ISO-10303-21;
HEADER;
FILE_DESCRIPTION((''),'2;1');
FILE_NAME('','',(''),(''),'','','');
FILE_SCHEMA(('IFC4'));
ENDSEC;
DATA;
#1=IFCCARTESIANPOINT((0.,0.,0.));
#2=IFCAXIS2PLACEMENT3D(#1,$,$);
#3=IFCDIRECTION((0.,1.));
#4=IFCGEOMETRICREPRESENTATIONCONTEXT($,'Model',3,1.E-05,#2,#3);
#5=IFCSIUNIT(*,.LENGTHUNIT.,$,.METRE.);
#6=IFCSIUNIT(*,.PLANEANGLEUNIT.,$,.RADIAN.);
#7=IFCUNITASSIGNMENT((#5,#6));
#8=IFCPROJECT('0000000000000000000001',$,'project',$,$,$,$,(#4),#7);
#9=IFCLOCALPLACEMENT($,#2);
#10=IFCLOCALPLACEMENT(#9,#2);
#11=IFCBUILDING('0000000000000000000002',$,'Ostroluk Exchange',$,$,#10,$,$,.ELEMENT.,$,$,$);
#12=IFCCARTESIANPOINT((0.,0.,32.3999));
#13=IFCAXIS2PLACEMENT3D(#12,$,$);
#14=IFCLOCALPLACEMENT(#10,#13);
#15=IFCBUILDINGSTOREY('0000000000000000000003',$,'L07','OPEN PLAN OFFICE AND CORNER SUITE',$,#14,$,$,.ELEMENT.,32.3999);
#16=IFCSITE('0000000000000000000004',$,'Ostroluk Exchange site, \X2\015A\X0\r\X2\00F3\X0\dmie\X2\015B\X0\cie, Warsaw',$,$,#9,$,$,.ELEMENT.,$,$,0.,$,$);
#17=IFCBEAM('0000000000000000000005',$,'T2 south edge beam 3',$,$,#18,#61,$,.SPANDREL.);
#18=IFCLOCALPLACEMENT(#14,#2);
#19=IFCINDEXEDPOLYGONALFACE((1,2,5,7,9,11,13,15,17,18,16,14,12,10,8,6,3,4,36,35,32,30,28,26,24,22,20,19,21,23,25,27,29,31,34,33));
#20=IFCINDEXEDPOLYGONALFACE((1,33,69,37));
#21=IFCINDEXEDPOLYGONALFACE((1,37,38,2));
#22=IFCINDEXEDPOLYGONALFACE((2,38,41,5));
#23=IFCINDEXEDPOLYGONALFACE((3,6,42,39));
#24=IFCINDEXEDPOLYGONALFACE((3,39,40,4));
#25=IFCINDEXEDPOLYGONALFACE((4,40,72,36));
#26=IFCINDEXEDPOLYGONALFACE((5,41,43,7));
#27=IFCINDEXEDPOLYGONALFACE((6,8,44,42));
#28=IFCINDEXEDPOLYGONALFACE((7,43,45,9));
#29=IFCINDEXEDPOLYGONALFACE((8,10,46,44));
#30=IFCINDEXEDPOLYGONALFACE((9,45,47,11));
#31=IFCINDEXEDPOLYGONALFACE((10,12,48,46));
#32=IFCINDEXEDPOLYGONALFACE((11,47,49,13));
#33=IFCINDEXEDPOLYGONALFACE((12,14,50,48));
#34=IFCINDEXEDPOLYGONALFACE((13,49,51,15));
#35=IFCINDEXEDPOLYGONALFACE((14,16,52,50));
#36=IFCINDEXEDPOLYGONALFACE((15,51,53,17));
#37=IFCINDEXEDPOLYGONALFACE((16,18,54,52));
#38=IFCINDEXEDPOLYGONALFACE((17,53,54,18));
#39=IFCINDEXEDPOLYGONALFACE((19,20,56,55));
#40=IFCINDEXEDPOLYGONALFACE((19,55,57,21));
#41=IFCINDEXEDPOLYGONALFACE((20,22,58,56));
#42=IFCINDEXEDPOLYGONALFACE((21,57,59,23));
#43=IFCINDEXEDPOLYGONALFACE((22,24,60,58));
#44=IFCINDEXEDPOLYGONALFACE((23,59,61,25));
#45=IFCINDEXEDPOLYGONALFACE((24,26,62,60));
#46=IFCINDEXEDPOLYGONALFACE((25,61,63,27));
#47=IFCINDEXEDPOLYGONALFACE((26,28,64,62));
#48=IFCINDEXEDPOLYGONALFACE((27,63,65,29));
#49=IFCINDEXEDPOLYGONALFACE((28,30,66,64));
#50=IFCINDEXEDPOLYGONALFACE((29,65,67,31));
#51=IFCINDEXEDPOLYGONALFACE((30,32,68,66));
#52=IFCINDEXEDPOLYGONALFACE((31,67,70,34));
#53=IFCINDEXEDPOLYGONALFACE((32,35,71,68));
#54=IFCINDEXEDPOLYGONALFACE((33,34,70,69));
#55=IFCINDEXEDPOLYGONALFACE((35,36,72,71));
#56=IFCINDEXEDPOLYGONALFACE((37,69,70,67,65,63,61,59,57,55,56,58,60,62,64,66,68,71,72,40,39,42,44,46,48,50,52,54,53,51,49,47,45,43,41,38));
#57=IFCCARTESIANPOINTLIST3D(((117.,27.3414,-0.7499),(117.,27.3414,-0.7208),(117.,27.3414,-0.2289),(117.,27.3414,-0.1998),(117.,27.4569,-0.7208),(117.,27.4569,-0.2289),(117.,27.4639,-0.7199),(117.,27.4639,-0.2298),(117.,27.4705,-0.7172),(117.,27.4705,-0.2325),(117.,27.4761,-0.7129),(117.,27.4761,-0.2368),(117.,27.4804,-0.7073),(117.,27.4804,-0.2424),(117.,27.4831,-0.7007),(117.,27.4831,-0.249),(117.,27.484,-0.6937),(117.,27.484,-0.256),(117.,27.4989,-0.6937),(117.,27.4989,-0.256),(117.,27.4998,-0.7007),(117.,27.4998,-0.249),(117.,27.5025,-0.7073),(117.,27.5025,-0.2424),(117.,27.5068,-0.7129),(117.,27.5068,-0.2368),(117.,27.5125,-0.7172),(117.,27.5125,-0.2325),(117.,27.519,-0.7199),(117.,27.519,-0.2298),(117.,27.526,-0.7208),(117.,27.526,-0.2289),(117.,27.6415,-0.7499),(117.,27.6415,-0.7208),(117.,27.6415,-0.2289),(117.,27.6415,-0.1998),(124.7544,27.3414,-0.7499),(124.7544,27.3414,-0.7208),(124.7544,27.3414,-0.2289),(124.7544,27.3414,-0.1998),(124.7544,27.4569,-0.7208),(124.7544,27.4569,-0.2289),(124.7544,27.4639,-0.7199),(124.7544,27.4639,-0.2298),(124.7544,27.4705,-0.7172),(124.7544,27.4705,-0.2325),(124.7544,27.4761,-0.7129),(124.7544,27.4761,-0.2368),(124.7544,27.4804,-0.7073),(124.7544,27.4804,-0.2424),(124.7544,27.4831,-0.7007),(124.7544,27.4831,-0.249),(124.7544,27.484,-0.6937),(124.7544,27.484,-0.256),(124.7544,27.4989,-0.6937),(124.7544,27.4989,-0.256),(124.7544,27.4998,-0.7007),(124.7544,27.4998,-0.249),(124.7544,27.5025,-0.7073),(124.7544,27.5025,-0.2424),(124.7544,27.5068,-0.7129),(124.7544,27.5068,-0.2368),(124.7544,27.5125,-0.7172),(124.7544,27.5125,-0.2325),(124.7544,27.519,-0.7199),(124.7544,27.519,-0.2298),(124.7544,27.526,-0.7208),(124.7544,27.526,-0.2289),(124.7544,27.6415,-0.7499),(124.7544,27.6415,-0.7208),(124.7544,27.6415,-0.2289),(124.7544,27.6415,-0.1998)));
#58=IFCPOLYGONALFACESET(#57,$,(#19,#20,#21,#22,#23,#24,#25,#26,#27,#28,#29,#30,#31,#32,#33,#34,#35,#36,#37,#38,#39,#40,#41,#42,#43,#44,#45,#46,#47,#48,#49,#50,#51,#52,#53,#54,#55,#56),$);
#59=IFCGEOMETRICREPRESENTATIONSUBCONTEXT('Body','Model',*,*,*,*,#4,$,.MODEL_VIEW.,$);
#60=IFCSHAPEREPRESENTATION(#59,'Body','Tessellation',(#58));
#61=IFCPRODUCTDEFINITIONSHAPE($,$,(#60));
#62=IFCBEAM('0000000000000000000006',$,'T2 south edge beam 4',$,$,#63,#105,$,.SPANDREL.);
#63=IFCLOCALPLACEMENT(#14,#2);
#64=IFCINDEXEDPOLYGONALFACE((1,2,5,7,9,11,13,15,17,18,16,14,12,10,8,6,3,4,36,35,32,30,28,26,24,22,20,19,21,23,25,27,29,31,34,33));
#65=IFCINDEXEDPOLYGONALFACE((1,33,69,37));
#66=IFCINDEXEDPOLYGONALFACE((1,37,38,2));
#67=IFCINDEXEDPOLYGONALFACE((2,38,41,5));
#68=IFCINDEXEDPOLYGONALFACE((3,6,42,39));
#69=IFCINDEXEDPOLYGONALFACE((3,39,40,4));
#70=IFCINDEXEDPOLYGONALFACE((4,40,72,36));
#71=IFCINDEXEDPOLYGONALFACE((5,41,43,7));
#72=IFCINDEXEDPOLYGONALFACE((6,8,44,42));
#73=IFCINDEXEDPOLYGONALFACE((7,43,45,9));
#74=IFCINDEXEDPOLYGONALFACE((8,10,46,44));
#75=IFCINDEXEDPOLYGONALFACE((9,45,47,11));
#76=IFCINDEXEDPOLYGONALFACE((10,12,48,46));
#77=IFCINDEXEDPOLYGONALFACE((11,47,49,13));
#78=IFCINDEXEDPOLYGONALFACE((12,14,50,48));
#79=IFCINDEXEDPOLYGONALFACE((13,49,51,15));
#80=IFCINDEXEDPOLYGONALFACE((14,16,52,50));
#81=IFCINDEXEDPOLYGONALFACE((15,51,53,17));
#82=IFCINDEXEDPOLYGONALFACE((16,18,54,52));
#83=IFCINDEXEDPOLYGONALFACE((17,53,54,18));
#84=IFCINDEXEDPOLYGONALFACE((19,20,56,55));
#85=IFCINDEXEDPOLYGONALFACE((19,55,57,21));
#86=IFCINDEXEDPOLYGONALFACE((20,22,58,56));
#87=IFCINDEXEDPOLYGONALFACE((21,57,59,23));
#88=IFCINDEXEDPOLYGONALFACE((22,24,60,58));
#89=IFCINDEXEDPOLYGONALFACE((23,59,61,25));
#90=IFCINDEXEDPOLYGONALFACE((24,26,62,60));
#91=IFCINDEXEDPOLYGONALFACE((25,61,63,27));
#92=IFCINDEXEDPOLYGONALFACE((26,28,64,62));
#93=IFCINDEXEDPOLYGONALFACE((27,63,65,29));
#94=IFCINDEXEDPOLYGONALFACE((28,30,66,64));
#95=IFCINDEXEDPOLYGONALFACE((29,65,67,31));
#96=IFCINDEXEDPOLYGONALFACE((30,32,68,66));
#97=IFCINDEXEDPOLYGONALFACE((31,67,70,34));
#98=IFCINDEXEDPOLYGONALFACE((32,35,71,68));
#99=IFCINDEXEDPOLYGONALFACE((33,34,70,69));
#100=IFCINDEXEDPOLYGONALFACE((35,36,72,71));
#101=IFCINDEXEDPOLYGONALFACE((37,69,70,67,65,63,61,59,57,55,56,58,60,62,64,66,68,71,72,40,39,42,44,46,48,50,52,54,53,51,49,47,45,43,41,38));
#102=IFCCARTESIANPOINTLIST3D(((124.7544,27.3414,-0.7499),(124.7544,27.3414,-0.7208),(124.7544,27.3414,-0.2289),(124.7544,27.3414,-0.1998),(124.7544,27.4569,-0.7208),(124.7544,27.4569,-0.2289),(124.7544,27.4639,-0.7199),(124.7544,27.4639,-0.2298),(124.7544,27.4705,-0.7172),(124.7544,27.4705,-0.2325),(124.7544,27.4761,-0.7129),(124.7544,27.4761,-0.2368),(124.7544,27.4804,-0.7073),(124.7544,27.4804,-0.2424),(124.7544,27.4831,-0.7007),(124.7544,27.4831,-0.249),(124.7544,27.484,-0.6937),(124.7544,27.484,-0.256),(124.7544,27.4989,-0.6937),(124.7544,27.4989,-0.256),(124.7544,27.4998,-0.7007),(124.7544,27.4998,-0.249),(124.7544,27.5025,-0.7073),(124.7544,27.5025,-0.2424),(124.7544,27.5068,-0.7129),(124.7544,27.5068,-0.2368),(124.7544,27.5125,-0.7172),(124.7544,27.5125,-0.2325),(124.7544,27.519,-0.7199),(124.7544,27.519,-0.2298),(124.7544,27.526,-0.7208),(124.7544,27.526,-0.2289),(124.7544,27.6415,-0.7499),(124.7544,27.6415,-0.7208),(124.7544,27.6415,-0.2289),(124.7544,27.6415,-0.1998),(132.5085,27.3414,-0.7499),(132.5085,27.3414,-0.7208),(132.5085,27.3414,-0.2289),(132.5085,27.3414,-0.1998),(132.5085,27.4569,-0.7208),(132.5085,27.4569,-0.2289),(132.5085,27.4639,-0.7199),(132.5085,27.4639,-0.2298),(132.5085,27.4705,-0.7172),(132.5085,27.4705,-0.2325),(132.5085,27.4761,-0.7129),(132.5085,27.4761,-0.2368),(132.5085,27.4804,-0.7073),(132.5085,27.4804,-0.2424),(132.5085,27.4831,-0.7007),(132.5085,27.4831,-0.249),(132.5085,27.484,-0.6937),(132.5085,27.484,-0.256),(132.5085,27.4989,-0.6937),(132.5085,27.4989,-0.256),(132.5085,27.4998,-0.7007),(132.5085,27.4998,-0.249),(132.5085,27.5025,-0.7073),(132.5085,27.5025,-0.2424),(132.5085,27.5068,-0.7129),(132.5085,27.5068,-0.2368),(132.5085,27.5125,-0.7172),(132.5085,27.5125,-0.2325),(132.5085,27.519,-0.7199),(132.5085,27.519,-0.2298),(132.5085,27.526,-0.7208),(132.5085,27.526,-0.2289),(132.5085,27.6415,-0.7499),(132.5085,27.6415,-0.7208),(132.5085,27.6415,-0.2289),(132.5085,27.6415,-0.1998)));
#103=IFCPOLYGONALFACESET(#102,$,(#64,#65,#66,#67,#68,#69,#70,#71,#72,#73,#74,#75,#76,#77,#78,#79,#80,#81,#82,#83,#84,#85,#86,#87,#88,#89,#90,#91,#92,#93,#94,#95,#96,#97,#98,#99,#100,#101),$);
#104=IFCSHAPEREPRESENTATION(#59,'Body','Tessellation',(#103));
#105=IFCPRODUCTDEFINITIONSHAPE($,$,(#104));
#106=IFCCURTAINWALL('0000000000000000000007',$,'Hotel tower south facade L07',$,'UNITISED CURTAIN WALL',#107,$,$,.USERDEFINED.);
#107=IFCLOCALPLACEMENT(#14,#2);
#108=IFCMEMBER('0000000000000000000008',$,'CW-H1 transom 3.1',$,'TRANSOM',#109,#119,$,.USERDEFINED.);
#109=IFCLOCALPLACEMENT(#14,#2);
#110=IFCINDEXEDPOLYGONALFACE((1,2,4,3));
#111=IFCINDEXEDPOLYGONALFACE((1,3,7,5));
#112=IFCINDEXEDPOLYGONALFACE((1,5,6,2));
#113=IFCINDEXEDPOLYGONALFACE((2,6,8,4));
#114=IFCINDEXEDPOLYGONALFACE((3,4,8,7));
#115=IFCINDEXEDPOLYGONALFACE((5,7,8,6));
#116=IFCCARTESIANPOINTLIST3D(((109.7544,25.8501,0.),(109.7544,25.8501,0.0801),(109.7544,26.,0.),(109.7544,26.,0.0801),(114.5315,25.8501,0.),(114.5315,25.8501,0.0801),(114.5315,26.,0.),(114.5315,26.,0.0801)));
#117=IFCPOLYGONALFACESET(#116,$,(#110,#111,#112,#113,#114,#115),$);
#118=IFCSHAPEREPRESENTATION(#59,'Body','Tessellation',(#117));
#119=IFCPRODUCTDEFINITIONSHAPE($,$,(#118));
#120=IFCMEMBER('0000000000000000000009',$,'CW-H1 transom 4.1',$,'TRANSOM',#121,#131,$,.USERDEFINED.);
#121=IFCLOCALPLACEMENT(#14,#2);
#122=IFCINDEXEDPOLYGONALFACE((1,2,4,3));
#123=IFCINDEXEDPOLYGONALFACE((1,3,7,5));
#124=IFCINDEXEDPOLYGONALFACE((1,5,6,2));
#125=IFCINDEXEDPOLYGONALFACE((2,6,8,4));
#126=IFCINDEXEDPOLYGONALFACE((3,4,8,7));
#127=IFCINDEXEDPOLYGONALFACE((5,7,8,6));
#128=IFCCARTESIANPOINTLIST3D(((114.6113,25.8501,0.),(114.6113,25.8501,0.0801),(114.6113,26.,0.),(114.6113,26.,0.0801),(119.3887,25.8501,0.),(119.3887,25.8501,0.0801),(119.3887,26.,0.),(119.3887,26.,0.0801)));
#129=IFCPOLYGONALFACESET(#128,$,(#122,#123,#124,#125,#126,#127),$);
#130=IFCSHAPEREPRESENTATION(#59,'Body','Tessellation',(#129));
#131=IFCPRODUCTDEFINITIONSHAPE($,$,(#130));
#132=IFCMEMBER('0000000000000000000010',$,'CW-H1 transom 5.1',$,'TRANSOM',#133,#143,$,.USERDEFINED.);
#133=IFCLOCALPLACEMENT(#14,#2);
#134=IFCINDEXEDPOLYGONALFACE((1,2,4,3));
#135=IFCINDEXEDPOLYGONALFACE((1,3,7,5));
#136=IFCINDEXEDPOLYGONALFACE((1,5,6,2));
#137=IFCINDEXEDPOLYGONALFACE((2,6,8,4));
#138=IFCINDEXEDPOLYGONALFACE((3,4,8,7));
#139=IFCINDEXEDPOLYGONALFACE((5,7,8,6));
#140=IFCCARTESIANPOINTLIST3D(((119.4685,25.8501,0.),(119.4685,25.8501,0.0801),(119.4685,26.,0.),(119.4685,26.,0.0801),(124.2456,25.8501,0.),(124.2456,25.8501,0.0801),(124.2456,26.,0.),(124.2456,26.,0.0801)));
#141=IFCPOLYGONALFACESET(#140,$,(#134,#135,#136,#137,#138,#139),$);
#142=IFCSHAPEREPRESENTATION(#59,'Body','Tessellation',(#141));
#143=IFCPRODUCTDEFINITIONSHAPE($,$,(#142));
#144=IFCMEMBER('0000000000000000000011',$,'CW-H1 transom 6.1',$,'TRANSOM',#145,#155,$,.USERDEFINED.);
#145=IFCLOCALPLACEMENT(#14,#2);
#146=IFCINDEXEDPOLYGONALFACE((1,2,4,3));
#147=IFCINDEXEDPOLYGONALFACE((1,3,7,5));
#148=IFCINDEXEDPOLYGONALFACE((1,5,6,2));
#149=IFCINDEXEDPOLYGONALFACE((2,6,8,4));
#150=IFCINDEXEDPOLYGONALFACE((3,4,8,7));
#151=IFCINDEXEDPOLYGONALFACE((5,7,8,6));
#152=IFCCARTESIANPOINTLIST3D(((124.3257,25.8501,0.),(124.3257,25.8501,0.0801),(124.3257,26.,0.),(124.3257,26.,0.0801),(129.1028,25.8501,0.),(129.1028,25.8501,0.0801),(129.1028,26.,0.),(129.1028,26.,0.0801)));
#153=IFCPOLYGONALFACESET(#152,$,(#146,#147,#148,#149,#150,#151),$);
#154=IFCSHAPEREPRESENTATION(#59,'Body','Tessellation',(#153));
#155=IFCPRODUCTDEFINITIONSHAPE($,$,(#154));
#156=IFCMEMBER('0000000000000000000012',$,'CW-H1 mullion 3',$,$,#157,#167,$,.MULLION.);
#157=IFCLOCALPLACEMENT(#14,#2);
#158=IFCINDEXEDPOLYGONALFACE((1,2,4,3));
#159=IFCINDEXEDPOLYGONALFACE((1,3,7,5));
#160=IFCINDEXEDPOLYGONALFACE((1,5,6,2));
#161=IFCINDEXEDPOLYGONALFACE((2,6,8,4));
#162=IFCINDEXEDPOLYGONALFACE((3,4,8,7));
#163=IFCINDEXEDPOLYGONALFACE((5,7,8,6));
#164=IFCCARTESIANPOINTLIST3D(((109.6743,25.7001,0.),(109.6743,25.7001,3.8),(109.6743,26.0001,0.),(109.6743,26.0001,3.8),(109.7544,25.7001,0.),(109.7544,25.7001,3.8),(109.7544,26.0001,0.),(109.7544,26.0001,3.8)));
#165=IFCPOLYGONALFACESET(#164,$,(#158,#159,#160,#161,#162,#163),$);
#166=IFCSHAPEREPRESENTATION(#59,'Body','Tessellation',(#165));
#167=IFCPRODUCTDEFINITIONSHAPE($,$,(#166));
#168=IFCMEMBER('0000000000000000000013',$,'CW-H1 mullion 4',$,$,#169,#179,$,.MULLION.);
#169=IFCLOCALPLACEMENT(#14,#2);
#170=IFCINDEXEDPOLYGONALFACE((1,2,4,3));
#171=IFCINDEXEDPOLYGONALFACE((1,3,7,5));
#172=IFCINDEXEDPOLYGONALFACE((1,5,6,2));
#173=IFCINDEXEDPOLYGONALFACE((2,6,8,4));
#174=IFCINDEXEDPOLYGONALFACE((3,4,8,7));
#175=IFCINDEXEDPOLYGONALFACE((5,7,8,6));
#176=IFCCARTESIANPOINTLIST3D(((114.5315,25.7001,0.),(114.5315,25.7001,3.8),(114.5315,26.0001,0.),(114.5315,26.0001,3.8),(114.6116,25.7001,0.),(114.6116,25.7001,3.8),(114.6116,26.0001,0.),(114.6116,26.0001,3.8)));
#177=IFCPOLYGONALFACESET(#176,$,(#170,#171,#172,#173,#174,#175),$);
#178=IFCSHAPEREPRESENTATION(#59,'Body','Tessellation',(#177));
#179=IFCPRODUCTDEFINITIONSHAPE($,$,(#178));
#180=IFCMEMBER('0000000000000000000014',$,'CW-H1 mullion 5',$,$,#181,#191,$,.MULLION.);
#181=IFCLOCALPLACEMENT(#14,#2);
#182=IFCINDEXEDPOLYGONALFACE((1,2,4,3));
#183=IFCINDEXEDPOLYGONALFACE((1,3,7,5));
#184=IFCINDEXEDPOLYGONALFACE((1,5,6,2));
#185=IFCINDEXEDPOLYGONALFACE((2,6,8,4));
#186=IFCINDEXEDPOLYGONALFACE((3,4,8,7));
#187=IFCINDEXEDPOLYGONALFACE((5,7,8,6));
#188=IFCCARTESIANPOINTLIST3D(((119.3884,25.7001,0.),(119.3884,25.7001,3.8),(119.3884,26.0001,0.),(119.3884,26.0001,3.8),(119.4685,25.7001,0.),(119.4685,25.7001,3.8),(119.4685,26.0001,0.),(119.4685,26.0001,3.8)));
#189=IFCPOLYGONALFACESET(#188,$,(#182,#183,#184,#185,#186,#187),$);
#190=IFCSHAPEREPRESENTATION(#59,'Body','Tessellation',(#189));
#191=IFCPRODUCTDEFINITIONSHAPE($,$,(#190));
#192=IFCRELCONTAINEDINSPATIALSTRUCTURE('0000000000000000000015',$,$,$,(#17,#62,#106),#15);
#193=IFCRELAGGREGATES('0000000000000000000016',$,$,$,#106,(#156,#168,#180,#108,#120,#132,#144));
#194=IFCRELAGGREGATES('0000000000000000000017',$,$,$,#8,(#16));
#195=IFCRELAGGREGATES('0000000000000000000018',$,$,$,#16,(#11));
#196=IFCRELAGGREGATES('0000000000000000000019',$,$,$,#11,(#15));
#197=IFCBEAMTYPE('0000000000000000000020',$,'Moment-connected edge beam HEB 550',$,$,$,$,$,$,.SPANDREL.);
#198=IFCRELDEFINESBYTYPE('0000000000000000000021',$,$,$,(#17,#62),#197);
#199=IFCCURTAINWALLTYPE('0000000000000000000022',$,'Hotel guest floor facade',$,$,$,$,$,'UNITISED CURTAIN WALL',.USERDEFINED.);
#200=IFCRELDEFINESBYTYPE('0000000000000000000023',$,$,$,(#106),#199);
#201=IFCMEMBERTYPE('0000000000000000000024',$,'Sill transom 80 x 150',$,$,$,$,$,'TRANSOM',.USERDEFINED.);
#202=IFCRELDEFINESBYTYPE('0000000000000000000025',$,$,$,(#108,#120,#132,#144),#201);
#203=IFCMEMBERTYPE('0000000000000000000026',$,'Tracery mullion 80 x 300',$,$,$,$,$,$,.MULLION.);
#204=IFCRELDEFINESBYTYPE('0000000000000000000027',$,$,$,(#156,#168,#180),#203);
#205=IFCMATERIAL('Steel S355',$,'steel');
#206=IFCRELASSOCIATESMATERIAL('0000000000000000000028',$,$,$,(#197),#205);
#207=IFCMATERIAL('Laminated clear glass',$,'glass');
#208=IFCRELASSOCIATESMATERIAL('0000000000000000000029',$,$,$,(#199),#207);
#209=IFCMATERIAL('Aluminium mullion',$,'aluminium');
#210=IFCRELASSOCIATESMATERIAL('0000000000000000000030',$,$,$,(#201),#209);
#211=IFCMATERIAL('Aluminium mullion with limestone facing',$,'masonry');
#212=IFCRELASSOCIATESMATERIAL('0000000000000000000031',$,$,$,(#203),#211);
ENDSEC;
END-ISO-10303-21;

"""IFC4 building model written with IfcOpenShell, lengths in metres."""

from ifc_helpers import new_model, si_unit, direction, frame, origin, origin_2d, place, context, subcontext, project, spatial, rectangle, i_section, extrude, material, material_profile, profile_set, type_object, element, aggregate, save


model = new_model("IFC4")

# Units and contexts
model_context = context("Model", 3, precision=1e-05, world=origin(), true_north=direction((0.0, 1.0)))
body_context = subcontext(model_context, "Body", "Model", "MODEL_VIEW")
ifc_project = project(units=[si_unit("LENGTHUNIT", "METRE"), si_unit("PLANEANGLEUNIT", "RADIAN")], contexts=[model_context])

# Site, building, storey
site_placement = place(None, origin())
site = spatial("IfcSite", under=ifc_project, at=site_placement, Name="Ostroluk Exchange site, Śródmieście, Warsaw", CompositionType="ELEMENT", RefElevation=0.0)
building_placement = place(site_placement, origin())
building = spatial("IfcBuilding", under=site, at=building_placement, Name="Ostroluk Exchange", CompositionType="ELEMENT")
storey_placement = place(building_placement, frame((0.0, 0.0, 32.3999)))
storey = spatial("IfcBuildingStorey", under=building, at=storey_placement, Name="L07", Description="OPEN PLAN OFFICE AND CORNER SUITE", CompositionType="ELEMENT", Elevation=32.3999)

# Beams
ifc_material_1 = material(Name="Steel S355", Category="steel")
ifc_material_profile_1 = material_profile(ifc_material_1, i_section(OverallWidth=0.3, OverallDepth=0.55, WebThickness=0.0149, FlangeThickness=0.0291, FilletRadius=0.0271, at=origin_2d()), Name="HEB 550")
ifc_profile_set_1 = profile_set([ifc_material_profile_1], Name="Steel S355")
beam_type = type_object("IfcBeamType", Name="Moment-connected edge beam HEB 550", PredefinedType="SPANDREL", material=ifc_profile_set_1)
beam_1_placement = place(storey_placement, frame((117.0, 27.4915, -0.4749), z_axis=(1.0, 0.0, 0.0), x_axis=(0.0, 1.0, 0.0)))
element("IfcBeam", 1, at=beam_1_placement, inside=storey, type_object=beam_type, Name="T2 south edge beam 3", PredefinedType="SPANDREL", context=body_context, shape_type="SweptSolid", body=[
    extrude(i_section(OverallWidth=0.3, OverallDepth=0.55, WebThickness=0.0149, FlangeThickness=0.0291, FilletRadius=0.0271, at=origin_2d()), origin(), (0.0, 0.0, 1.0), 7.7544),
])
beam_2_placement = place(storey_placement, frame((124.7544, 27.4915, -0.4749), z_axis=(1.0, 0.0, 0.0), x_axis=(0.0, 1.0, 0.0)))
element("IfcBeam", 2, at=beam_2_placement, inside=storey, type_object=beam_type, Name="T2 south edge beam 4", PredefinedType="SPANDREL", context=body_context, shape_type="SweptSolid", body=[
    extrude(i_section(OverallWidth=0.3, OverallDepth=0.55, WebThickness=0.0149, FlangeThickness=0.0291, FilletRadius=0.0271, at=origin_2d()), origin(), (0.0, 0.0, 1.0), 7.7542),
])

# Curtain wall, members
ifc_material_2 = material(Name="Laminated clear glass", Category="glass")
curtain_wall_type = type_object("IfcCurtainWallType", Name="Hotel guest floor facade", ElementType="UNITISED CURTAIN WALL", PredefinedType="USERDEFINED", material=ifc_material_2)
curtain_wall_placement = place(storey_placement, origin())
curtain_wall = element("IfcCurtainWall", 3, at=curtain_wall_placement, inside=storey, type_object=curtain_wall_type, Name="Hotel tower south facade L07", ObjectType="UNITISED CURTAIN WALL", PredefinedType="USERDEFINED")
ifc_material_3 = material(Name="Aluminium mullion", Category="aluminium")
ifc_material_profile_2 = material_profile(ifc_material_3, rectangle(XDim=0.1499, YDim=0.0801, at=origin_2d()), Name="Sill transom 80 x 150")
ifc_profile_set_2 = profile_set([ifc_material_profile_2], Name="Aluminium mullion")
member_type_1 = type_object("IfcMemberType", Name="Sill transom 80 x 150", ElementType="TRANSOM", PredefinedType="USERDEFINED", material=ifc_profile_set_2)
member_1_placement = place(storey_placement, frame((109.7544, 25.925, 0.04), z_axis=(1.0, 0.0, 0.0), x_axis=(0.0, 1.0, 0.0)))
member_1 = element("IfcMember", 4, at=member_1_placement, type_object=member_type_1, Name="CW-H1 transom 3.1", ObjectType="TRANSOM", PredefinedType="USERDEFINED", context=body_context, shape_type="SweptSolid", body=[
    extrude(rectangle(XDim=0.1499, YDim=0.0801, at=origin_2d()), origin(), (0.0, 0.0, 1.0), 4.7771),
])
member_2_placement = place(storey_placement, frame((114.6113, 25.925, 0.04), z_axis=(1.0, 0.0, 0.0), x_axis=(0.0, 1.0, 0.0)))
member_2 = element("IfcMember", 5, at=member_2_placement, type_object=member_type_1, Name="CW-H1 transom 4.1", ObjectType="TRANSOM", PredefinedType="USERDEFINED", context=body_context, shape_type="SweptSolid", body=[
    extrude(rectangle(XDim=0.1499, YDim=0.0801, at=origin_2d()), origin(), (0.0, 0.0, 1.0), 4.7773),
])
member_3_placement = place(storey_placement, frame((119.4685, 25.925, 0.04), z_axis=(1.0, 0.0, 0.0), x_axis=(0.0, 1.0, 0.0)))
member_3 = element("IfcMember", 6, at=member_3_placement, type_object=member_type_1, Name="CW-H1 transom 5.1", ObjectType="TRANSOM", PredefinedType="USERDEFINED", context=body_context, shape_type="SweptSolid", body=[
    extrude(rectangle(XDim=0.1499, YDim=0.0801, at=origin_2d()), origin(), (0.0, 0.0, 1.0), 4.7771),
])
member_4_placement = place(storey_placement, frame((124.3257, 25.925, 0.04), z_axis=(1.0, 0.0, 0.0), x_axis=(0.0, 1.0, 0.0)))
member_4 = element("IfcMember", 7, at=member_4_placement, type_object=member_type_1, Name="CW-H1 transom 6.1", ObjectType="TRANSOM", PredefinedType="USERDEFINED", context=body_context, shape_type="SweptSolid", body=[
    extrude(rectangle(XDim=0.1499, YDim=0.0801, at=origin_2d()), origin(), (0.0, 0.0, 1.0), 4.7771),
])
ifc_material_4 = material(Name="Aluminium mullion with limestone facing", Category="masonry")
ifc_material_profile_3 = material_profile(ifc_material_4, rectangle(XDim=0.3, YDim=0.0801, at=origin_2d()), Name="Tracery mullion 80 x 300")
ifc_profile_set_3 = profile_set([ifc_material_profile_3], Name="Aluminium mullion with limestone facing")
member_type_2 = type_object("IfcMemberType", Name="Tracery mullion 80 x 300", PredefinedType="MULLION", material=ifc_profile_set_3)
member_5_placement = place(storey_placement, frame((109.7144, 25.8501, 0.0), z_axis=(0.0, 0.0, 1.0), x_axis=(0.0, 1.0, 0.0)))
member_5 = element("IfcMember", 8, at=member_5_placement, type_object=member_type_2, Name="CW-H1 mullion 3", PredefinedType="MULLION", context=body_context, shape_type="SweptSolid", body=[
    extrude(rectangle(XDim=0.3, YDim=0.0801, at=origin_2d()), origin(), (0.0, 0.0, 1.0), 3.8),
])
member_6_placement = place(storey_placement, frame((114.5715, 25.8501, 0.0), z_axis=(0.0, 0.0, 1.0), x_axis=(0.0, 1.0, 0.0)))
member_6 = element("IfcMember", 9, at=member_6_placement, type_object=member_type_2, Name="CW-H1 mullion 4", PredefinedType="MULLION", context=body_context, shape_type="SweptSolid", body=[
    extrude(rectangle(XDim=0.3, YDim=0.0801, at=origin_2d()), origin(), (0.0, 0.0, 1.0), 3.8),
])
member_7_placement = place(storey_placement, frame((119.4285, 25.8501, 0.0), z_axis=(0.0, 0.0, 1.0), x_axis=(0.0, 1.0, 0.0)))
member_7 = element("IfcMember", 10, at=member_7_placement, type_object=member_type_2, Name="CW-H1 mullion 5", PredefinedType="MULLION", context=body_context, shape_type="SweptSolid", body=[
    extrude(rectangle(XDim=0.3, YDim=0.0801, at=origin_2d()), origin(), (0.0, 0.0, 1.0), 3.8),
])
aggregate(curtain_wall, [member_5, member_6, member_7, member_1, member_2, member_3, member_4])

save(model, "model.ifc")
